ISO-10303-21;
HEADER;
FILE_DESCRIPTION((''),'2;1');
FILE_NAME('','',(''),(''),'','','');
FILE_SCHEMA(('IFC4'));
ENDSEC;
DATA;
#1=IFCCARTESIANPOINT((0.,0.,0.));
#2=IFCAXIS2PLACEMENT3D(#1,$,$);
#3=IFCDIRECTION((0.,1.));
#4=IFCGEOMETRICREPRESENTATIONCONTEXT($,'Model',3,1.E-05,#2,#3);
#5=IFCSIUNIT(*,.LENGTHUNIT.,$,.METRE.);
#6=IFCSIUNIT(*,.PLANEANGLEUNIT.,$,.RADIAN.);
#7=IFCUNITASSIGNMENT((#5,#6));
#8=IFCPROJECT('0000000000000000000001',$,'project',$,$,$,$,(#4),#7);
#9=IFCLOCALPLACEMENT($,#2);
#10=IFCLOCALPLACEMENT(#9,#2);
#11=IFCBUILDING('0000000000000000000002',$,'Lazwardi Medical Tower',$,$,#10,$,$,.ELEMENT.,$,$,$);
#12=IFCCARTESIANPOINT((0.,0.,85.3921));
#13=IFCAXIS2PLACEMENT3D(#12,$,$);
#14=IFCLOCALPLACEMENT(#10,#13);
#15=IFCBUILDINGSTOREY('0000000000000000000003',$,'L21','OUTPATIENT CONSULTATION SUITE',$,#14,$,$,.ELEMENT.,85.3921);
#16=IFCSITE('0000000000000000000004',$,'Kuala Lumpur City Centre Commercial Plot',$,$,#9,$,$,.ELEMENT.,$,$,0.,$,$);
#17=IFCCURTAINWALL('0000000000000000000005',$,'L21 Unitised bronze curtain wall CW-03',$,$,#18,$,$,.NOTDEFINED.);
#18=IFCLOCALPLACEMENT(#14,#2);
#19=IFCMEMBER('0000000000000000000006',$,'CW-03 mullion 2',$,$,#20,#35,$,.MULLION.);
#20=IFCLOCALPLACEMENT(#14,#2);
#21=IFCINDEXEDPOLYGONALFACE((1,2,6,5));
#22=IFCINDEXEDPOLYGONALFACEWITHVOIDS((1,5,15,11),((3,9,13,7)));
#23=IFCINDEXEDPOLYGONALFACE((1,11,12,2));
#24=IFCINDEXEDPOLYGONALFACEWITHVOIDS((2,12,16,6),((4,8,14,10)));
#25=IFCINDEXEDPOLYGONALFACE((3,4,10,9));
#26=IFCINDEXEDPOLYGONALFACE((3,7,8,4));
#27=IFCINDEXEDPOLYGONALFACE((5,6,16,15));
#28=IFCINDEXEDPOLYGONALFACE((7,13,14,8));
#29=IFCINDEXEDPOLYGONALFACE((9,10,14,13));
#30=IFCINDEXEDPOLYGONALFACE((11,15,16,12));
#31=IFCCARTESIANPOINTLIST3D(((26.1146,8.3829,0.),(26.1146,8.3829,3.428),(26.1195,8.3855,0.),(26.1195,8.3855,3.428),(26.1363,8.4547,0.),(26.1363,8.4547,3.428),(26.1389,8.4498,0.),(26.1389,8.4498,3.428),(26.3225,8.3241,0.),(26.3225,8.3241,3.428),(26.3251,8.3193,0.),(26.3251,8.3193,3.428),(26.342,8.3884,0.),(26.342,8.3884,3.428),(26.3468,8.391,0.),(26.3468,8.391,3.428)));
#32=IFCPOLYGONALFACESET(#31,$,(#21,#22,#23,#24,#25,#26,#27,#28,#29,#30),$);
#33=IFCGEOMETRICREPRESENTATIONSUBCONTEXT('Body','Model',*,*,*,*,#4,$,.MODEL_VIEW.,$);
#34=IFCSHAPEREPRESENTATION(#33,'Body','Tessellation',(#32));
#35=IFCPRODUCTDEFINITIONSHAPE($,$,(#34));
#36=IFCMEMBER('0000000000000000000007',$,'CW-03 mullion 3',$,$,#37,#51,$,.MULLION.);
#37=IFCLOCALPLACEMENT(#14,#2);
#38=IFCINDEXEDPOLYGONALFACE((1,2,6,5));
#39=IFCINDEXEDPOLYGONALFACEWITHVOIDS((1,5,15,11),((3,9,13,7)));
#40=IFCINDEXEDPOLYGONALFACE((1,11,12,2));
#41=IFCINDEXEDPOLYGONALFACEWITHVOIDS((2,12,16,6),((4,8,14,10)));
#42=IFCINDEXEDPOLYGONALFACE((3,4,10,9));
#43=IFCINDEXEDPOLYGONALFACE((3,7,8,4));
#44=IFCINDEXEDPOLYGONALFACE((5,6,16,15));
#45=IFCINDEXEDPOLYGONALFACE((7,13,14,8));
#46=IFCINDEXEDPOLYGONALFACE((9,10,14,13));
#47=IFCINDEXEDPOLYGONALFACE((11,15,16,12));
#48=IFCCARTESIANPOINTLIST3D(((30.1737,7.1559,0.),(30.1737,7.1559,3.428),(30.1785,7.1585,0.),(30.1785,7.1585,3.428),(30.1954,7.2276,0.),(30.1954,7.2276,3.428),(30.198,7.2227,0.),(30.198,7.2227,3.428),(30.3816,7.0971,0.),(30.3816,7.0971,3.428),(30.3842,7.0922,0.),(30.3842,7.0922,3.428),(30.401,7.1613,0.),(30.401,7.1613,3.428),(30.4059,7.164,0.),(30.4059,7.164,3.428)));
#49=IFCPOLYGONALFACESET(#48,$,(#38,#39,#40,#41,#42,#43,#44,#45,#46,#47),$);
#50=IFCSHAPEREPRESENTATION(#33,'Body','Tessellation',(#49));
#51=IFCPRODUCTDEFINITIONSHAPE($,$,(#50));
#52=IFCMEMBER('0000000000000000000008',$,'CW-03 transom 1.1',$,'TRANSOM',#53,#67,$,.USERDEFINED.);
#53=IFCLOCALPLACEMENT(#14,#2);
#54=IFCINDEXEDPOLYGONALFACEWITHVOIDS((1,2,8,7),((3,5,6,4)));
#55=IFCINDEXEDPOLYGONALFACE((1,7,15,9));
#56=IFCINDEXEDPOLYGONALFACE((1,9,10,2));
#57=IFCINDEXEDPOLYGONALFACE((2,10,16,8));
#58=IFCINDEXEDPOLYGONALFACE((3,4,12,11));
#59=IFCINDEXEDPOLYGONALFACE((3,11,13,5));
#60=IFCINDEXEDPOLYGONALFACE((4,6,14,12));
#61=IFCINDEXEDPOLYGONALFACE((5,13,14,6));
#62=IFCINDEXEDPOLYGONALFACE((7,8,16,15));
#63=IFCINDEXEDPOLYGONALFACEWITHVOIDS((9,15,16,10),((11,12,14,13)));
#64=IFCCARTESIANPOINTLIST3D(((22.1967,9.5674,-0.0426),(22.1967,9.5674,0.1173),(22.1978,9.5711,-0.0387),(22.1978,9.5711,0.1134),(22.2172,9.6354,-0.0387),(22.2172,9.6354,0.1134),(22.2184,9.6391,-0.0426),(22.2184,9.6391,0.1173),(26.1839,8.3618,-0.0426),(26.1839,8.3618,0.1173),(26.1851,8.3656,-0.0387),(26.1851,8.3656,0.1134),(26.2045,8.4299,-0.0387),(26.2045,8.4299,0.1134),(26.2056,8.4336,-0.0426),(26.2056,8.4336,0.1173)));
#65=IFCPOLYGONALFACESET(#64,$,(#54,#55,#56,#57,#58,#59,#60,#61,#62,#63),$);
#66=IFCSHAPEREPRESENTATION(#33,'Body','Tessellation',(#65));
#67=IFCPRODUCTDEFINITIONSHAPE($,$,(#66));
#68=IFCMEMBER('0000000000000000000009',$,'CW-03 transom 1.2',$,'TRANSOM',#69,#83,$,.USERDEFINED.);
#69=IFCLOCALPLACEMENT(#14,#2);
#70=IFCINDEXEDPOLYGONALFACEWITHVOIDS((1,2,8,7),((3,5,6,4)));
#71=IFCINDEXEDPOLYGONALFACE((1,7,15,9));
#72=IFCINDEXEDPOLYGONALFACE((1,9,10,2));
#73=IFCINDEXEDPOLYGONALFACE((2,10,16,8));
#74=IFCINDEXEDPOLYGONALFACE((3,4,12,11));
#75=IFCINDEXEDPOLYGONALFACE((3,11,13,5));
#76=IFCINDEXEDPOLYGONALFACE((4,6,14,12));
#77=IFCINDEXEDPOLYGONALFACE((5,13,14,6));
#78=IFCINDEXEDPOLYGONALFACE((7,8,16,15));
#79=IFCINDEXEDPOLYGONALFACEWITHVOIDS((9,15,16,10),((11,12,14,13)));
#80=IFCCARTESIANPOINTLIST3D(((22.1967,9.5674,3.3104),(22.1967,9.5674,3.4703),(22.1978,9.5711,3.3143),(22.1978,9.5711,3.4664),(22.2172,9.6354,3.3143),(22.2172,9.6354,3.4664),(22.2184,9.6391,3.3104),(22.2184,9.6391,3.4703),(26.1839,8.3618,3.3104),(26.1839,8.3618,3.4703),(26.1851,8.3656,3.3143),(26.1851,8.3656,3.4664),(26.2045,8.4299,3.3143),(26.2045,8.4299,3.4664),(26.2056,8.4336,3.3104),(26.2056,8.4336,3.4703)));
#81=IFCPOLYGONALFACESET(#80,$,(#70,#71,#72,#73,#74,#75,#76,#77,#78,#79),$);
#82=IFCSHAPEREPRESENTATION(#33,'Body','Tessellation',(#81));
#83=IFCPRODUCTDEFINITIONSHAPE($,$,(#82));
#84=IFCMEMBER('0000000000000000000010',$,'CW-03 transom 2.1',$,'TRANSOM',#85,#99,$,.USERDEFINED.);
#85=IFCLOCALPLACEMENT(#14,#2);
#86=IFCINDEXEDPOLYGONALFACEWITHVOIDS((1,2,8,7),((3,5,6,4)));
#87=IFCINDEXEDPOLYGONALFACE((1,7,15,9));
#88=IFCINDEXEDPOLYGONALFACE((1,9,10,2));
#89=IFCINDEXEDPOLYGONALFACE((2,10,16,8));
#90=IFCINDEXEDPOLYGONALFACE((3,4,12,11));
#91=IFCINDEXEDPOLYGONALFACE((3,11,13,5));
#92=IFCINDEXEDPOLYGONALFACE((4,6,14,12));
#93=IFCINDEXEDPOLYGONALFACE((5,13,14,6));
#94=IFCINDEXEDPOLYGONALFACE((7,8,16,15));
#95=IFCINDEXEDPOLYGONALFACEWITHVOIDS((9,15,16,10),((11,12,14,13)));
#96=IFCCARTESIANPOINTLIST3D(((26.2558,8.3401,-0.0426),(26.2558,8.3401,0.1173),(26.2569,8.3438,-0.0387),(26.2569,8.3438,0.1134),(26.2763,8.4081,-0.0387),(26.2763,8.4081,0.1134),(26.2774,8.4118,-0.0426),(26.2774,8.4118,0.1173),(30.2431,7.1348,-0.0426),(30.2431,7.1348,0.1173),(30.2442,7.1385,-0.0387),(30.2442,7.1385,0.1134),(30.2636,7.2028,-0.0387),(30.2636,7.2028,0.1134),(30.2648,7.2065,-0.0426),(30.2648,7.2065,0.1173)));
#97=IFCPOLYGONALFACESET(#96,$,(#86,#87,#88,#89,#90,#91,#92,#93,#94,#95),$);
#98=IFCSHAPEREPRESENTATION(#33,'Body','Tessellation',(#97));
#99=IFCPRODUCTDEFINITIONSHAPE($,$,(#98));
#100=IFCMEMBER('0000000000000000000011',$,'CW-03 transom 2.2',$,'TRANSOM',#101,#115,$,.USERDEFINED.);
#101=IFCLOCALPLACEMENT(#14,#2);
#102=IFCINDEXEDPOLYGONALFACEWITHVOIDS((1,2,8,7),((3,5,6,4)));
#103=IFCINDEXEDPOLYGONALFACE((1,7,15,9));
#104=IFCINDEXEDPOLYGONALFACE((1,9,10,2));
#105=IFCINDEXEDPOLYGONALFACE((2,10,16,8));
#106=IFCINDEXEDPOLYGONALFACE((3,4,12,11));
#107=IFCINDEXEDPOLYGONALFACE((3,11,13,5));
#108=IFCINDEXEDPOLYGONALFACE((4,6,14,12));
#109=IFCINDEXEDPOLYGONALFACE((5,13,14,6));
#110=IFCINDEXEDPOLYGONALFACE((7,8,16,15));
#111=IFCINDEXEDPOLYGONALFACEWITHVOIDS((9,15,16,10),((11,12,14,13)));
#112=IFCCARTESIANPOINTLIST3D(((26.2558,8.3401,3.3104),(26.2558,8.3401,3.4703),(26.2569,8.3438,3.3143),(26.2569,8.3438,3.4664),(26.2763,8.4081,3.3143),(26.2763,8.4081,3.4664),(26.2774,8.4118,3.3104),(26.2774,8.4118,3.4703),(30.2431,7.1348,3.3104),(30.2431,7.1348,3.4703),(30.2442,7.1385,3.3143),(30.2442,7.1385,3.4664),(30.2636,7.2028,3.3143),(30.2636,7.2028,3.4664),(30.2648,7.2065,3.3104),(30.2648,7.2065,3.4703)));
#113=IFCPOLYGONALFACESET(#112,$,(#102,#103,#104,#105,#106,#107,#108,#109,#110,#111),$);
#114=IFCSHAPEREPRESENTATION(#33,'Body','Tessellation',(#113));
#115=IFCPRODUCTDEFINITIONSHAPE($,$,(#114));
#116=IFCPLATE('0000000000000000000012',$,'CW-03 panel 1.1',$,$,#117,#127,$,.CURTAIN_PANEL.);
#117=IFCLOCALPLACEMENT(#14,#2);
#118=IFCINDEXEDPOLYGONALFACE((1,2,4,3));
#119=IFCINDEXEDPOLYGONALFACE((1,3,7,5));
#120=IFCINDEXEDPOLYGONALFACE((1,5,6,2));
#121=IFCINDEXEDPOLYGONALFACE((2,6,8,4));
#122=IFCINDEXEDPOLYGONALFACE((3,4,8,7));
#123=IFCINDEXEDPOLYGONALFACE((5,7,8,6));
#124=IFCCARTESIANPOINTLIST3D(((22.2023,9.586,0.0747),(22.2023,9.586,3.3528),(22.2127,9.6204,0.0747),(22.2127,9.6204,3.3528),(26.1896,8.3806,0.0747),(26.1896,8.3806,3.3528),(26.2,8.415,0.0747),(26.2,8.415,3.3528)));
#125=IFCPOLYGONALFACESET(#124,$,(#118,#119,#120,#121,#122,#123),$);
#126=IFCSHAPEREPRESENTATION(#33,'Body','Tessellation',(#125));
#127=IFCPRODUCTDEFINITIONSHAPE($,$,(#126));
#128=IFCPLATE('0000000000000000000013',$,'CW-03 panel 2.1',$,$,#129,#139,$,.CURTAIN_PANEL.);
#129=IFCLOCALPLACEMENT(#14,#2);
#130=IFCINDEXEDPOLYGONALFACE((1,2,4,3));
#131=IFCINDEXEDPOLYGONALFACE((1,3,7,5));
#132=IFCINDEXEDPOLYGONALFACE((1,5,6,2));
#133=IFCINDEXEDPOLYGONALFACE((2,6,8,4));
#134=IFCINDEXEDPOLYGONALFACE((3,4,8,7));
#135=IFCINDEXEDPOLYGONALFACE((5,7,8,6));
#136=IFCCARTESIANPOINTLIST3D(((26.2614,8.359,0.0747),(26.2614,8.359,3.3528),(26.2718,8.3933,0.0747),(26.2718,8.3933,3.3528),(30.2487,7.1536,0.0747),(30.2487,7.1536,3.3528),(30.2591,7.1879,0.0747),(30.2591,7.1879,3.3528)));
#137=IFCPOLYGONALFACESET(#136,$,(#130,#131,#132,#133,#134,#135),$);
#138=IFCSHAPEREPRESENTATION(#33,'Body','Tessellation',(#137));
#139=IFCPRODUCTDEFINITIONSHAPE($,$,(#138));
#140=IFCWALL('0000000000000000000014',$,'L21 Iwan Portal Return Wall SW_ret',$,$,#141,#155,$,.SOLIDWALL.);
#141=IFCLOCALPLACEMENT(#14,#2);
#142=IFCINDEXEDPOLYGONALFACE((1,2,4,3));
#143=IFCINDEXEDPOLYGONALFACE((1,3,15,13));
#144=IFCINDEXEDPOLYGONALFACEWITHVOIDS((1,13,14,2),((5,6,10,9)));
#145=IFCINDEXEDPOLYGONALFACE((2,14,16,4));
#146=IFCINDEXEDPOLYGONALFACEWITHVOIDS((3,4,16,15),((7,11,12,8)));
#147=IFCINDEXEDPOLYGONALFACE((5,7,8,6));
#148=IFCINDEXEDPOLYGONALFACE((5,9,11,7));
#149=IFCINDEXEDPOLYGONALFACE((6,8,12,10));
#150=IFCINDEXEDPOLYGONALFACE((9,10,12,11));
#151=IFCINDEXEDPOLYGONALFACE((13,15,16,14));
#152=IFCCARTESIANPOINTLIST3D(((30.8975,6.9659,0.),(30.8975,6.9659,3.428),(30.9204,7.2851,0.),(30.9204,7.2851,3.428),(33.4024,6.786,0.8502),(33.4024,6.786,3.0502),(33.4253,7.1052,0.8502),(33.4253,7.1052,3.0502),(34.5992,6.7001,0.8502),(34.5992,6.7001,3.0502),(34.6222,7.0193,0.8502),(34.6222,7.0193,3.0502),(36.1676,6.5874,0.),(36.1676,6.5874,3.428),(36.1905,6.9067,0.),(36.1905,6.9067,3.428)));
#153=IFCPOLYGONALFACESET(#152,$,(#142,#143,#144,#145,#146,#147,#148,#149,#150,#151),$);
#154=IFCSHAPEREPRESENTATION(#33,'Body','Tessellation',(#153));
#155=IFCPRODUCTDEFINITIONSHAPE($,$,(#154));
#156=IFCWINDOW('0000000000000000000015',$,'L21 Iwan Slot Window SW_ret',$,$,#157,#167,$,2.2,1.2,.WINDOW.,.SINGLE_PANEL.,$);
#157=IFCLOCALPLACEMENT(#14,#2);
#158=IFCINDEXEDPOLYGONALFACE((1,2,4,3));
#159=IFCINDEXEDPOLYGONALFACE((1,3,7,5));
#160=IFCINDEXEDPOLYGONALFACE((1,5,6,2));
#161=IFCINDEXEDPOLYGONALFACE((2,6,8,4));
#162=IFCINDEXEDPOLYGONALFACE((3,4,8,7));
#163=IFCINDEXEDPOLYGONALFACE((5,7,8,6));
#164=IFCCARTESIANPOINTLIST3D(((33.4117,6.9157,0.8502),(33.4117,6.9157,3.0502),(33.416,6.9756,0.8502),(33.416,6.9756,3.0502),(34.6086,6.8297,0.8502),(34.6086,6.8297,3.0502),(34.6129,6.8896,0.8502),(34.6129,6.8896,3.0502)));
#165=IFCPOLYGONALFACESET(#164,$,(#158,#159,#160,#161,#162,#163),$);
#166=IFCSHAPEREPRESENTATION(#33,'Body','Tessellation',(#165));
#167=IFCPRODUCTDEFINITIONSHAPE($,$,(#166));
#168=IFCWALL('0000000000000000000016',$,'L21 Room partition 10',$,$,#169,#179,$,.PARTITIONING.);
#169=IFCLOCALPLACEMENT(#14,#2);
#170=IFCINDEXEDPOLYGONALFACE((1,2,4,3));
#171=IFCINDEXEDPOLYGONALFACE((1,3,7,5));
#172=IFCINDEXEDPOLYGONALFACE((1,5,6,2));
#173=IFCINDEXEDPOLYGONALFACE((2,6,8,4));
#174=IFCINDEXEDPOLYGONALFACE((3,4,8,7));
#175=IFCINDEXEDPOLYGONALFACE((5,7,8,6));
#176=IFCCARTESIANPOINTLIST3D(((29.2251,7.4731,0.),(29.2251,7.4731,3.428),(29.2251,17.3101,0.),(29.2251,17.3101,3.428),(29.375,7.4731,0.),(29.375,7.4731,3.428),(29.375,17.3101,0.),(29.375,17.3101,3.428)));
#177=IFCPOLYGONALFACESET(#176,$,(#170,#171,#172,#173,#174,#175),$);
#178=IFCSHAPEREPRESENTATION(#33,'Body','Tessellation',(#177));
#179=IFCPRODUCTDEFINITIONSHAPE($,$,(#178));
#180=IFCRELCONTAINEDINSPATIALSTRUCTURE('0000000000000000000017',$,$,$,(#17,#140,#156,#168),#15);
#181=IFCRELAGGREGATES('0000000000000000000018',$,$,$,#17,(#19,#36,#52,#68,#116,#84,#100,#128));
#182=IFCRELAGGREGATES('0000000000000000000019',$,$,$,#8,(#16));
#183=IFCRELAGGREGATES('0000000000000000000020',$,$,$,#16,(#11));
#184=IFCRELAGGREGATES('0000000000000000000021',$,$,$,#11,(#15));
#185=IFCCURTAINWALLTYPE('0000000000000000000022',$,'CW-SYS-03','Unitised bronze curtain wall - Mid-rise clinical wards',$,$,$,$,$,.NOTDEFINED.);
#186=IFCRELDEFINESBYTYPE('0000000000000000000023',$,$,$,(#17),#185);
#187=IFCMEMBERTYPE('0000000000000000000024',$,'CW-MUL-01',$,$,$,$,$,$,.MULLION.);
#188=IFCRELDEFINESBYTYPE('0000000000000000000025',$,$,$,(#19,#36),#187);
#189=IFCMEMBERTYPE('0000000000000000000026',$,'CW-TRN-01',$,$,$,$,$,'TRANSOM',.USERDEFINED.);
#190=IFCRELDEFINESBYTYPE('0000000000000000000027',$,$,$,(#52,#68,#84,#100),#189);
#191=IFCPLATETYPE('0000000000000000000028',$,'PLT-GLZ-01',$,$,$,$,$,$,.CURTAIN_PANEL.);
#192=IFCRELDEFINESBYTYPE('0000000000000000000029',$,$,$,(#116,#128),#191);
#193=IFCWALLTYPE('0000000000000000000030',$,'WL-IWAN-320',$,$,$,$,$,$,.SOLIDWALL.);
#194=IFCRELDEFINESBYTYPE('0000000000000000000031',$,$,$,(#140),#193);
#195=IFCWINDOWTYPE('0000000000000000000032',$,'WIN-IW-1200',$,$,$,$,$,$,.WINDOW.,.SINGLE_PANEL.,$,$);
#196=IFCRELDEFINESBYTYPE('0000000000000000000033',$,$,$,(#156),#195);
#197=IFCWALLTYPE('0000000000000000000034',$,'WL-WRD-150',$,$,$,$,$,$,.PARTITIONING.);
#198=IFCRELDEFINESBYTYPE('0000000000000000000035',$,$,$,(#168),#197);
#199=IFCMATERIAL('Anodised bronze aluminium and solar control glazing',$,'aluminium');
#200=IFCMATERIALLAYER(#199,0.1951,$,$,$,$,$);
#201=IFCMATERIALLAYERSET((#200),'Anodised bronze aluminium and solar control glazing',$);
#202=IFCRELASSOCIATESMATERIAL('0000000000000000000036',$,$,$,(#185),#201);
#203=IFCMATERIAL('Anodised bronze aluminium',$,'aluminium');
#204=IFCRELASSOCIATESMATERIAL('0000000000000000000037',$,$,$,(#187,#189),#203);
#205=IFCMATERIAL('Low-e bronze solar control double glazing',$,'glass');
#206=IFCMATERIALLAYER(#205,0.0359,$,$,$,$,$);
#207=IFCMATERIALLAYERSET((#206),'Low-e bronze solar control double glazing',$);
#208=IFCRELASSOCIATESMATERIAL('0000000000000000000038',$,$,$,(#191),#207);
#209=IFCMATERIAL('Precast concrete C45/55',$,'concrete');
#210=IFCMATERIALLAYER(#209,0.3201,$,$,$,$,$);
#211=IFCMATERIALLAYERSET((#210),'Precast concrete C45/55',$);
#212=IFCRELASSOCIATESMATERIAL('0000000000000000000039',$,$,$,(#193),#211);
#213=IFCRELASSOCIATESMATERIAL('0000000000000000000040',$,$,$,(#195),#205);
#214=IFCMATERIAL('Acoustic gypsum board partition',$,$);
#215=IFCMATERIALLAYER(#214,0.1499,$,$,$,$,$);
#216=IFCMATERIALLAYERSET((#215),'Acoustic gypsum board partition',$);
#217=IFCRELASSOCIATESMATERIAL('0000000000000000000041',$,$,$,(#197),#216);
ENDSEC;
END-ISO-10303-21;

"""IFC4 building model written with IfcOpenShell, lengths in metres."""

from ifc_helpers import new_model, si_unit, direction, frame, frame_2d, origin, origin_2d, place, context, subcontext, project, spatial, rectangle, hollow_rectangle, extrude, material, layer, layer_set, material_profile, profile_set, type_object, element, fill, aggregate, save


model = new_model("IFC4")

# Units and contexts
model_context = context("Model", 3, precision=1e-05, world=origin(), true_north=direction((0.0, 1.0)))
body_context = subcontext(model_context, "Body", "Model", "MODEL_VIEW")
ifc_project = project(units=[si_unit("LENGTHUNIT", "METRE"), si_unit("PLANEANGLEUNIT", "RADIAN")], contexts=[model_context])

# Site, building, storey
site_placement = place(None, origin())
site = spatial("IfcSite", under=ifc_project, at=site_placement, Name="Kuala Lumpur City Centre Commercial Plot", CompositionType="ELEMENT", RefElevation=0.0)
building_placement = place(site_placement, origin())
building = spatial("IfcBuilding", under=site, at=building_placement, Name="Lazwardi Medical Tower", CompositionType="ELEMENT")
storey_placement = place(building_placement, frame((0.0, 0.0, 85.3921)))
storey = spatial("IfcBuildingStorey", under=building, at=storey_placement, Name="L21", Description="OUTPATIENT CONSULTATION SUITE", CompositionType="ELEMENT", Elevation=85.3921)

# Shared definitions
ifc_material_1 = material(Name="Anodised bronze aluminium and solar control glazing", Category="aluminium")
ifc_layer_1 = layer(ifc_material_1, 0.1951)
ifc_layer_set_1 = layer_set([ifc_layer_1], Name="Anodised bronze aluminium and solar control glazing")
curtain_wall_type = type_object("IfcCurtainWallType", Name="CW-SYS-03", Description="Unitised bronze curtain wall - Mid-rise clinical wards", PredefinedType="NOTDEFINED", material=ifc_layer_set_1)
ifc_material_2 = material(Name="Anodised bronze aluminium", Category="aluminium")
ifc_material_profile_1 = material_profile(ifc_material_2, hollow_rectangle(XDim=0.075, YDim=0.22, WallThickness=0.0039, at=origin_2d()), Name="ALU-MULLION 220x75x4")
ifc_profile_set_1 = profile_set([ifc_material_profile_1], Name="Anodised bronze aluminium")
member_type_1 = type_object("IfcMemberType", Name="CW-MUL-01", PredefinedType="MULLION", material=ifc_profile_set_1)

# Curtain wall, members, plates
curtain_wall_1_placement = place(storey_placement, origin())
curtain_wall_1 = element("IfcCurtainWall", 1, at=curtain_wall_1_placement, inside=storey, type_object=curtain_wall_type, Name="L21 Unitised bronze curtain wall CW-03", PredefinedType="NOTDEFINED")
member_1_placement = place(storey_placement, frame((26.2307, 8.387, 0.0), z_axis=(0.0, 0.0, 1.0), x_axis=(0.289374, 0.957216, 0.0)))
member_1 = element("IfcMember", 2, at=member_1_placement, type_object=member_type_1, Name="CW-03 mullion 2", PredefinedType="MULLION", context=body_context, shape_type="SweptSolid", body=[
    extrude(hollow_rectangle(XDim=0.075, YDim=0.22, WallThickness=0.0039, at=origin_2d()), origin(), (0.0, 0.0, 1.0), 3.428),
])
member_2_placement = place(storey_placement, frame((30.2898, 7.1599, 0.0), z_axis=(0.0, 0.0, 1.0), x_axis=(0.289374, 0.957216, 0.0)))
member_2 = element("IfcMember", 3, at=member_2_placement, type_object=member_type_1, Name="CW-03 mullion 3", PredefinedType="MULLION", context=body_context, shape_type="SweptSolid", body=[
    extrude(hollow_rectangle(XDim=0.075, YDim=0.22, WallThickness=0.0039, at=origin_2d()), origin(), (0.0, 0.0, 1.0), 3.428),
])
ifc_material_profile_2 = material_profile(ifc_material_2, hollow_rectangle(XDim=0.075, YDim=0.1599, WallThickness=0.0039, at=origin_2d()), Name="ALU-TRANSOM 160x75x4")
ifc_profile_set_2 = profile_set([ifc_material_profile_2], Name="Anodised bronze aluminium")
member_type_2 = type_object("IfcMemberType", Name="CW-TRN-01", ElementType="TRANSOM", PredefinedType="USERDEFINED", material=ifc_profile_set_2)
member_3_placement = place(storey_placement, frame((22.2075, 9.6033, 0.0374), z_axis=(0.957205, -0.289412, 0.0), x_axis=(0.289412, 0.957205, 0.0)))
member_3 = element("IfcMember", 4, at=member_3_placement, type_object=member_type_2, Name="CW-03 transom 1.1", ObjectType="TRANSOM", PredefinedType="USERDEFINED", context=body_context, shape_type="SweptSolid", body=[
    extrude(hollow_rectangle(XDim=0.075, YDim=0.1599, WallThickness=0.0039, at=origin_2d()), origin(), (0.0, 0.0, 1.0), 4.1655),
])
member_4_placement = place(storey_placement, frame((22.2075, 9.6033, 3.3904), z_axis=(0.957205, -0.289412, 0.0), x_axis=(0.289412, 0.957205, 0.0)))
member_4 = element("IfcMember", 5, at=member_4_placement, type_object=member_type_2, Name="CW-03 transom 1.2", ObjectType="TRANSOM", PredefinedType="USERDEFINED", context=body_context, shape_type="SweptSolid", body=[
    extrude(hollow_rectangle(XDim=0.075, YDim=0.1599, WallThickness=0.0039, at=origin_2d()), origin(), (0.0, 0.0, 1.0), 4.1655),
])
member_5_placement = place(storey_placement, frame((26.2666, 8.376, 0.0374), z_axis=(0.957221, -0.289358, 0.0), x_axis=(0.289358, 0.957221, 0.0)))
member_5 = element("IfcMember", 6, at=member_5_placement, type_object=member_type_2, Name="CW-03 transom 2.1", ObjectType="TRANSOM", PredefinedType="USERDEFINED", context=body_context, shape_type="SweptSolid", body=[
    extrude(hollow_rectangle(XDim=0.075, YDim=0.1599, WallThickness=0.0039, at=origin_2d()), origin(), (0.0, 0.0, 1.0), 4.1655),
])
member_6_placement = place(storey_placement, frame((26.2666, 8.376, 3.3904), z_axis=(0.957221, -0.289358, 0.0), x_axis=(0.289358, 0.957221, 0.0)))
member_6 = element("IfcMember", 7, at=member_6_placement, type_object=member_type_2, Name="CW-03 transom 2.2", ObjectType="TRANSOM", PredefinedType="USERDEFINED", context=body_context, shape_type="SweptSolid", body=[
    extrude(hollow_rectangle(XDim=0.075, YDim=0.1599, WallThickness=0.0039, at=origin_2d()), origin(), (0.0, 0.0, 1.0), 4.1655),
])
ifc_material_3 = material(Name="Low-e bronze solar control double glazing", Category="glass")
ifc_layer_2 = layer(ifc_material_3, 0.0359)
ifc_layer_set_2 = layer_set([ifc_layer_2], Name="Low-e bronze solar control double glazing")
plate_type = type_object("IfcPlateType", Name="PLT-GLZ-01", PredefinedType="CURTAIN_PANEL", material=ifc_layer_set_2)
plate_1_placement = place(storey_placement, frame((24.2012, 9.0005, 0.0747), z_axis=(0.0, 0.0, 1.0), x_axis=(0.957216, -0.289374, 0.0)))
plate_1 = element("IfcPlate", 8, at=plate_1_placement, type_object=plate_type, Name="CW-03 panel 1.1", PredefinedType="CURTAIN_PANEL", context=body_context, shape_type="SweptSolid", body=[
    extrude(rectangle(XDim=4.1655, YDim=0.0359, at=origin_2d()), origin(), (0.0, 0.0, 1.0), 3.2781),
])
plate_2_placement = place(storey_placement, frame((28.2603, 7.7734, 0.0747), z_axis=(0.0, 0.0, 1.0), x_axis=(0.957216, -0.289374, 0.0)))
plate_2 = element("IfcPlate", 9, at=plate_2_placement, type_object=plate_type, Name="CW-03 panel 2.1", PredefinedType="CURTAIN_PANEL", context=body_context, shape_type="SweptSolid", body=[
    extrude(rectangle(XDim=4.1655, YDim=0.0359, at=origin_2d()), origin(), (0.0, 0.0, 1.0), 3.2781),
])
aggregate(curtain_wall_1, [member_1, member_2, member_3, member_4, plate_1, member_5, member_6, plate_2])

# Wall, opening, window
ifc_material_4 = material(Name="Precast concrete C45/55", Category="concrete")
ifc_layer_3 = layer(ifc_material_4, 0.3201)
ifc_layer_set_3 = layer_set([ifc_layer_3], Name="Precast concrete C45/55")
wall_type_1 = type_object("IfcWallType", Name="WL-IWAN-320", PredefinedType="SOLIDWALL", material=ifc_layer_set_3)
wall_1_placement = place(storey_placement, frame((30.9089, 7.1255, 0.0), z_axis=(0.0, 0.0, 1.0), x_axis=(0.997432, -0.071621, 0.0)))
wall_1 = element("IfcWall", 10, at=wall_1_placement, inside=storey, type_object=wall_type_1, Name="L21 Iwan Portal Return Wall SW_ret", PredefinedType="SOLIDWALL", context=body_context, shape_type="SweptSolid", body=[
    extrude(rectangle(XDim=5.2837, YDim=0.3201, at=frame_2d((2.6418, 0.0))), origin(), (0.0, 0.0, 1.0), 3.428),
])
opening_placement = place(wall_1_placement, frame((2.5112, 0.0, 0.8501)))
opening = element("IfcOpeningElement", 11, at=opening_placement, cuts=wall_1, PredefinedType="OPENING", context=body_context, shape_type="SweptSolid", body=[
    extrude(rectangle(XDim=1.2, YDim=2.2, at=frame_2d((0.6001, 1.1001))), frame((0.0, 0.1699, 0.0), z_axis=(0.0, -1.0, 0.0), x_axis=(1.0, 0.0, 0.0)), (0.0, 0.0, 1.0), 0.3401),
])
window_type = type_object("IfcWindowType", Name="WIN-IW-1200", PartitioningType="SINGLE_PANEL", PredefinedType="WINDOW", material=ifc_material_3)
window_placement = place(opening_placement, origin())
window = element("IfcWindow", 12, at=window_placement, inside=storey, type_object=window_type, Name="L21 Iwan Slot Window SW_ret", OverallHeight=2.2, OverallWidth=1.2, PartitioningType="SINGLE_PANEL", PredefinedType="WINDOW", context=body_context, shape_type="SweptSolid", body=[
    extrude(rectangle(XDim=1.2, YDim=2.2, at=frame_2d((0.6001, 1.1001))), frame((0.0, 0.03, 0.0), z_axis=(0.0, -1.0, 0.0), x_axis=(1.0, 0.0, 0.0)), (0.0, 0.0, 1.0), 0.0601),
])
fill(opening, window)

# Wall
ifc_material_5 = material(Name="Acoustic gypsum board partition")
ifc_layer_4 = layer(ifc_material_5, 0.1499)
ifc_layer_set_4 = layer_set([ifc_layer_4], Name="Acoustic gypsum board partition")
wall_type_2 = type_object("IfcWallType", Name="WL-WRD-150", PredefinedType="PARTITIONING", material=ifc_layer_set_4)
wall_2_placement = place(storey_placement, frame((29.3, 7.4731, 0.0), z_axis=(0.0, 0.0, 1.0), x_axis=(0.0, 1.0, 0.0)))
element("IfcWall", 13, at=wall_2_placement, inside=storey, type_object=wall_type_2, Name="L21 Room partition 10", PredefinedType="PARTITIONING", context=body_context, shape_type="SweptSolid", body=[
    extrude(rectangle(XDim=9.8369, YDim=0.1499, at=frame_2d((4.9185, 0.0))), origin(), (0.0, 0.0, 1.0), 3.428),
])

save(model, "model.ifc")
